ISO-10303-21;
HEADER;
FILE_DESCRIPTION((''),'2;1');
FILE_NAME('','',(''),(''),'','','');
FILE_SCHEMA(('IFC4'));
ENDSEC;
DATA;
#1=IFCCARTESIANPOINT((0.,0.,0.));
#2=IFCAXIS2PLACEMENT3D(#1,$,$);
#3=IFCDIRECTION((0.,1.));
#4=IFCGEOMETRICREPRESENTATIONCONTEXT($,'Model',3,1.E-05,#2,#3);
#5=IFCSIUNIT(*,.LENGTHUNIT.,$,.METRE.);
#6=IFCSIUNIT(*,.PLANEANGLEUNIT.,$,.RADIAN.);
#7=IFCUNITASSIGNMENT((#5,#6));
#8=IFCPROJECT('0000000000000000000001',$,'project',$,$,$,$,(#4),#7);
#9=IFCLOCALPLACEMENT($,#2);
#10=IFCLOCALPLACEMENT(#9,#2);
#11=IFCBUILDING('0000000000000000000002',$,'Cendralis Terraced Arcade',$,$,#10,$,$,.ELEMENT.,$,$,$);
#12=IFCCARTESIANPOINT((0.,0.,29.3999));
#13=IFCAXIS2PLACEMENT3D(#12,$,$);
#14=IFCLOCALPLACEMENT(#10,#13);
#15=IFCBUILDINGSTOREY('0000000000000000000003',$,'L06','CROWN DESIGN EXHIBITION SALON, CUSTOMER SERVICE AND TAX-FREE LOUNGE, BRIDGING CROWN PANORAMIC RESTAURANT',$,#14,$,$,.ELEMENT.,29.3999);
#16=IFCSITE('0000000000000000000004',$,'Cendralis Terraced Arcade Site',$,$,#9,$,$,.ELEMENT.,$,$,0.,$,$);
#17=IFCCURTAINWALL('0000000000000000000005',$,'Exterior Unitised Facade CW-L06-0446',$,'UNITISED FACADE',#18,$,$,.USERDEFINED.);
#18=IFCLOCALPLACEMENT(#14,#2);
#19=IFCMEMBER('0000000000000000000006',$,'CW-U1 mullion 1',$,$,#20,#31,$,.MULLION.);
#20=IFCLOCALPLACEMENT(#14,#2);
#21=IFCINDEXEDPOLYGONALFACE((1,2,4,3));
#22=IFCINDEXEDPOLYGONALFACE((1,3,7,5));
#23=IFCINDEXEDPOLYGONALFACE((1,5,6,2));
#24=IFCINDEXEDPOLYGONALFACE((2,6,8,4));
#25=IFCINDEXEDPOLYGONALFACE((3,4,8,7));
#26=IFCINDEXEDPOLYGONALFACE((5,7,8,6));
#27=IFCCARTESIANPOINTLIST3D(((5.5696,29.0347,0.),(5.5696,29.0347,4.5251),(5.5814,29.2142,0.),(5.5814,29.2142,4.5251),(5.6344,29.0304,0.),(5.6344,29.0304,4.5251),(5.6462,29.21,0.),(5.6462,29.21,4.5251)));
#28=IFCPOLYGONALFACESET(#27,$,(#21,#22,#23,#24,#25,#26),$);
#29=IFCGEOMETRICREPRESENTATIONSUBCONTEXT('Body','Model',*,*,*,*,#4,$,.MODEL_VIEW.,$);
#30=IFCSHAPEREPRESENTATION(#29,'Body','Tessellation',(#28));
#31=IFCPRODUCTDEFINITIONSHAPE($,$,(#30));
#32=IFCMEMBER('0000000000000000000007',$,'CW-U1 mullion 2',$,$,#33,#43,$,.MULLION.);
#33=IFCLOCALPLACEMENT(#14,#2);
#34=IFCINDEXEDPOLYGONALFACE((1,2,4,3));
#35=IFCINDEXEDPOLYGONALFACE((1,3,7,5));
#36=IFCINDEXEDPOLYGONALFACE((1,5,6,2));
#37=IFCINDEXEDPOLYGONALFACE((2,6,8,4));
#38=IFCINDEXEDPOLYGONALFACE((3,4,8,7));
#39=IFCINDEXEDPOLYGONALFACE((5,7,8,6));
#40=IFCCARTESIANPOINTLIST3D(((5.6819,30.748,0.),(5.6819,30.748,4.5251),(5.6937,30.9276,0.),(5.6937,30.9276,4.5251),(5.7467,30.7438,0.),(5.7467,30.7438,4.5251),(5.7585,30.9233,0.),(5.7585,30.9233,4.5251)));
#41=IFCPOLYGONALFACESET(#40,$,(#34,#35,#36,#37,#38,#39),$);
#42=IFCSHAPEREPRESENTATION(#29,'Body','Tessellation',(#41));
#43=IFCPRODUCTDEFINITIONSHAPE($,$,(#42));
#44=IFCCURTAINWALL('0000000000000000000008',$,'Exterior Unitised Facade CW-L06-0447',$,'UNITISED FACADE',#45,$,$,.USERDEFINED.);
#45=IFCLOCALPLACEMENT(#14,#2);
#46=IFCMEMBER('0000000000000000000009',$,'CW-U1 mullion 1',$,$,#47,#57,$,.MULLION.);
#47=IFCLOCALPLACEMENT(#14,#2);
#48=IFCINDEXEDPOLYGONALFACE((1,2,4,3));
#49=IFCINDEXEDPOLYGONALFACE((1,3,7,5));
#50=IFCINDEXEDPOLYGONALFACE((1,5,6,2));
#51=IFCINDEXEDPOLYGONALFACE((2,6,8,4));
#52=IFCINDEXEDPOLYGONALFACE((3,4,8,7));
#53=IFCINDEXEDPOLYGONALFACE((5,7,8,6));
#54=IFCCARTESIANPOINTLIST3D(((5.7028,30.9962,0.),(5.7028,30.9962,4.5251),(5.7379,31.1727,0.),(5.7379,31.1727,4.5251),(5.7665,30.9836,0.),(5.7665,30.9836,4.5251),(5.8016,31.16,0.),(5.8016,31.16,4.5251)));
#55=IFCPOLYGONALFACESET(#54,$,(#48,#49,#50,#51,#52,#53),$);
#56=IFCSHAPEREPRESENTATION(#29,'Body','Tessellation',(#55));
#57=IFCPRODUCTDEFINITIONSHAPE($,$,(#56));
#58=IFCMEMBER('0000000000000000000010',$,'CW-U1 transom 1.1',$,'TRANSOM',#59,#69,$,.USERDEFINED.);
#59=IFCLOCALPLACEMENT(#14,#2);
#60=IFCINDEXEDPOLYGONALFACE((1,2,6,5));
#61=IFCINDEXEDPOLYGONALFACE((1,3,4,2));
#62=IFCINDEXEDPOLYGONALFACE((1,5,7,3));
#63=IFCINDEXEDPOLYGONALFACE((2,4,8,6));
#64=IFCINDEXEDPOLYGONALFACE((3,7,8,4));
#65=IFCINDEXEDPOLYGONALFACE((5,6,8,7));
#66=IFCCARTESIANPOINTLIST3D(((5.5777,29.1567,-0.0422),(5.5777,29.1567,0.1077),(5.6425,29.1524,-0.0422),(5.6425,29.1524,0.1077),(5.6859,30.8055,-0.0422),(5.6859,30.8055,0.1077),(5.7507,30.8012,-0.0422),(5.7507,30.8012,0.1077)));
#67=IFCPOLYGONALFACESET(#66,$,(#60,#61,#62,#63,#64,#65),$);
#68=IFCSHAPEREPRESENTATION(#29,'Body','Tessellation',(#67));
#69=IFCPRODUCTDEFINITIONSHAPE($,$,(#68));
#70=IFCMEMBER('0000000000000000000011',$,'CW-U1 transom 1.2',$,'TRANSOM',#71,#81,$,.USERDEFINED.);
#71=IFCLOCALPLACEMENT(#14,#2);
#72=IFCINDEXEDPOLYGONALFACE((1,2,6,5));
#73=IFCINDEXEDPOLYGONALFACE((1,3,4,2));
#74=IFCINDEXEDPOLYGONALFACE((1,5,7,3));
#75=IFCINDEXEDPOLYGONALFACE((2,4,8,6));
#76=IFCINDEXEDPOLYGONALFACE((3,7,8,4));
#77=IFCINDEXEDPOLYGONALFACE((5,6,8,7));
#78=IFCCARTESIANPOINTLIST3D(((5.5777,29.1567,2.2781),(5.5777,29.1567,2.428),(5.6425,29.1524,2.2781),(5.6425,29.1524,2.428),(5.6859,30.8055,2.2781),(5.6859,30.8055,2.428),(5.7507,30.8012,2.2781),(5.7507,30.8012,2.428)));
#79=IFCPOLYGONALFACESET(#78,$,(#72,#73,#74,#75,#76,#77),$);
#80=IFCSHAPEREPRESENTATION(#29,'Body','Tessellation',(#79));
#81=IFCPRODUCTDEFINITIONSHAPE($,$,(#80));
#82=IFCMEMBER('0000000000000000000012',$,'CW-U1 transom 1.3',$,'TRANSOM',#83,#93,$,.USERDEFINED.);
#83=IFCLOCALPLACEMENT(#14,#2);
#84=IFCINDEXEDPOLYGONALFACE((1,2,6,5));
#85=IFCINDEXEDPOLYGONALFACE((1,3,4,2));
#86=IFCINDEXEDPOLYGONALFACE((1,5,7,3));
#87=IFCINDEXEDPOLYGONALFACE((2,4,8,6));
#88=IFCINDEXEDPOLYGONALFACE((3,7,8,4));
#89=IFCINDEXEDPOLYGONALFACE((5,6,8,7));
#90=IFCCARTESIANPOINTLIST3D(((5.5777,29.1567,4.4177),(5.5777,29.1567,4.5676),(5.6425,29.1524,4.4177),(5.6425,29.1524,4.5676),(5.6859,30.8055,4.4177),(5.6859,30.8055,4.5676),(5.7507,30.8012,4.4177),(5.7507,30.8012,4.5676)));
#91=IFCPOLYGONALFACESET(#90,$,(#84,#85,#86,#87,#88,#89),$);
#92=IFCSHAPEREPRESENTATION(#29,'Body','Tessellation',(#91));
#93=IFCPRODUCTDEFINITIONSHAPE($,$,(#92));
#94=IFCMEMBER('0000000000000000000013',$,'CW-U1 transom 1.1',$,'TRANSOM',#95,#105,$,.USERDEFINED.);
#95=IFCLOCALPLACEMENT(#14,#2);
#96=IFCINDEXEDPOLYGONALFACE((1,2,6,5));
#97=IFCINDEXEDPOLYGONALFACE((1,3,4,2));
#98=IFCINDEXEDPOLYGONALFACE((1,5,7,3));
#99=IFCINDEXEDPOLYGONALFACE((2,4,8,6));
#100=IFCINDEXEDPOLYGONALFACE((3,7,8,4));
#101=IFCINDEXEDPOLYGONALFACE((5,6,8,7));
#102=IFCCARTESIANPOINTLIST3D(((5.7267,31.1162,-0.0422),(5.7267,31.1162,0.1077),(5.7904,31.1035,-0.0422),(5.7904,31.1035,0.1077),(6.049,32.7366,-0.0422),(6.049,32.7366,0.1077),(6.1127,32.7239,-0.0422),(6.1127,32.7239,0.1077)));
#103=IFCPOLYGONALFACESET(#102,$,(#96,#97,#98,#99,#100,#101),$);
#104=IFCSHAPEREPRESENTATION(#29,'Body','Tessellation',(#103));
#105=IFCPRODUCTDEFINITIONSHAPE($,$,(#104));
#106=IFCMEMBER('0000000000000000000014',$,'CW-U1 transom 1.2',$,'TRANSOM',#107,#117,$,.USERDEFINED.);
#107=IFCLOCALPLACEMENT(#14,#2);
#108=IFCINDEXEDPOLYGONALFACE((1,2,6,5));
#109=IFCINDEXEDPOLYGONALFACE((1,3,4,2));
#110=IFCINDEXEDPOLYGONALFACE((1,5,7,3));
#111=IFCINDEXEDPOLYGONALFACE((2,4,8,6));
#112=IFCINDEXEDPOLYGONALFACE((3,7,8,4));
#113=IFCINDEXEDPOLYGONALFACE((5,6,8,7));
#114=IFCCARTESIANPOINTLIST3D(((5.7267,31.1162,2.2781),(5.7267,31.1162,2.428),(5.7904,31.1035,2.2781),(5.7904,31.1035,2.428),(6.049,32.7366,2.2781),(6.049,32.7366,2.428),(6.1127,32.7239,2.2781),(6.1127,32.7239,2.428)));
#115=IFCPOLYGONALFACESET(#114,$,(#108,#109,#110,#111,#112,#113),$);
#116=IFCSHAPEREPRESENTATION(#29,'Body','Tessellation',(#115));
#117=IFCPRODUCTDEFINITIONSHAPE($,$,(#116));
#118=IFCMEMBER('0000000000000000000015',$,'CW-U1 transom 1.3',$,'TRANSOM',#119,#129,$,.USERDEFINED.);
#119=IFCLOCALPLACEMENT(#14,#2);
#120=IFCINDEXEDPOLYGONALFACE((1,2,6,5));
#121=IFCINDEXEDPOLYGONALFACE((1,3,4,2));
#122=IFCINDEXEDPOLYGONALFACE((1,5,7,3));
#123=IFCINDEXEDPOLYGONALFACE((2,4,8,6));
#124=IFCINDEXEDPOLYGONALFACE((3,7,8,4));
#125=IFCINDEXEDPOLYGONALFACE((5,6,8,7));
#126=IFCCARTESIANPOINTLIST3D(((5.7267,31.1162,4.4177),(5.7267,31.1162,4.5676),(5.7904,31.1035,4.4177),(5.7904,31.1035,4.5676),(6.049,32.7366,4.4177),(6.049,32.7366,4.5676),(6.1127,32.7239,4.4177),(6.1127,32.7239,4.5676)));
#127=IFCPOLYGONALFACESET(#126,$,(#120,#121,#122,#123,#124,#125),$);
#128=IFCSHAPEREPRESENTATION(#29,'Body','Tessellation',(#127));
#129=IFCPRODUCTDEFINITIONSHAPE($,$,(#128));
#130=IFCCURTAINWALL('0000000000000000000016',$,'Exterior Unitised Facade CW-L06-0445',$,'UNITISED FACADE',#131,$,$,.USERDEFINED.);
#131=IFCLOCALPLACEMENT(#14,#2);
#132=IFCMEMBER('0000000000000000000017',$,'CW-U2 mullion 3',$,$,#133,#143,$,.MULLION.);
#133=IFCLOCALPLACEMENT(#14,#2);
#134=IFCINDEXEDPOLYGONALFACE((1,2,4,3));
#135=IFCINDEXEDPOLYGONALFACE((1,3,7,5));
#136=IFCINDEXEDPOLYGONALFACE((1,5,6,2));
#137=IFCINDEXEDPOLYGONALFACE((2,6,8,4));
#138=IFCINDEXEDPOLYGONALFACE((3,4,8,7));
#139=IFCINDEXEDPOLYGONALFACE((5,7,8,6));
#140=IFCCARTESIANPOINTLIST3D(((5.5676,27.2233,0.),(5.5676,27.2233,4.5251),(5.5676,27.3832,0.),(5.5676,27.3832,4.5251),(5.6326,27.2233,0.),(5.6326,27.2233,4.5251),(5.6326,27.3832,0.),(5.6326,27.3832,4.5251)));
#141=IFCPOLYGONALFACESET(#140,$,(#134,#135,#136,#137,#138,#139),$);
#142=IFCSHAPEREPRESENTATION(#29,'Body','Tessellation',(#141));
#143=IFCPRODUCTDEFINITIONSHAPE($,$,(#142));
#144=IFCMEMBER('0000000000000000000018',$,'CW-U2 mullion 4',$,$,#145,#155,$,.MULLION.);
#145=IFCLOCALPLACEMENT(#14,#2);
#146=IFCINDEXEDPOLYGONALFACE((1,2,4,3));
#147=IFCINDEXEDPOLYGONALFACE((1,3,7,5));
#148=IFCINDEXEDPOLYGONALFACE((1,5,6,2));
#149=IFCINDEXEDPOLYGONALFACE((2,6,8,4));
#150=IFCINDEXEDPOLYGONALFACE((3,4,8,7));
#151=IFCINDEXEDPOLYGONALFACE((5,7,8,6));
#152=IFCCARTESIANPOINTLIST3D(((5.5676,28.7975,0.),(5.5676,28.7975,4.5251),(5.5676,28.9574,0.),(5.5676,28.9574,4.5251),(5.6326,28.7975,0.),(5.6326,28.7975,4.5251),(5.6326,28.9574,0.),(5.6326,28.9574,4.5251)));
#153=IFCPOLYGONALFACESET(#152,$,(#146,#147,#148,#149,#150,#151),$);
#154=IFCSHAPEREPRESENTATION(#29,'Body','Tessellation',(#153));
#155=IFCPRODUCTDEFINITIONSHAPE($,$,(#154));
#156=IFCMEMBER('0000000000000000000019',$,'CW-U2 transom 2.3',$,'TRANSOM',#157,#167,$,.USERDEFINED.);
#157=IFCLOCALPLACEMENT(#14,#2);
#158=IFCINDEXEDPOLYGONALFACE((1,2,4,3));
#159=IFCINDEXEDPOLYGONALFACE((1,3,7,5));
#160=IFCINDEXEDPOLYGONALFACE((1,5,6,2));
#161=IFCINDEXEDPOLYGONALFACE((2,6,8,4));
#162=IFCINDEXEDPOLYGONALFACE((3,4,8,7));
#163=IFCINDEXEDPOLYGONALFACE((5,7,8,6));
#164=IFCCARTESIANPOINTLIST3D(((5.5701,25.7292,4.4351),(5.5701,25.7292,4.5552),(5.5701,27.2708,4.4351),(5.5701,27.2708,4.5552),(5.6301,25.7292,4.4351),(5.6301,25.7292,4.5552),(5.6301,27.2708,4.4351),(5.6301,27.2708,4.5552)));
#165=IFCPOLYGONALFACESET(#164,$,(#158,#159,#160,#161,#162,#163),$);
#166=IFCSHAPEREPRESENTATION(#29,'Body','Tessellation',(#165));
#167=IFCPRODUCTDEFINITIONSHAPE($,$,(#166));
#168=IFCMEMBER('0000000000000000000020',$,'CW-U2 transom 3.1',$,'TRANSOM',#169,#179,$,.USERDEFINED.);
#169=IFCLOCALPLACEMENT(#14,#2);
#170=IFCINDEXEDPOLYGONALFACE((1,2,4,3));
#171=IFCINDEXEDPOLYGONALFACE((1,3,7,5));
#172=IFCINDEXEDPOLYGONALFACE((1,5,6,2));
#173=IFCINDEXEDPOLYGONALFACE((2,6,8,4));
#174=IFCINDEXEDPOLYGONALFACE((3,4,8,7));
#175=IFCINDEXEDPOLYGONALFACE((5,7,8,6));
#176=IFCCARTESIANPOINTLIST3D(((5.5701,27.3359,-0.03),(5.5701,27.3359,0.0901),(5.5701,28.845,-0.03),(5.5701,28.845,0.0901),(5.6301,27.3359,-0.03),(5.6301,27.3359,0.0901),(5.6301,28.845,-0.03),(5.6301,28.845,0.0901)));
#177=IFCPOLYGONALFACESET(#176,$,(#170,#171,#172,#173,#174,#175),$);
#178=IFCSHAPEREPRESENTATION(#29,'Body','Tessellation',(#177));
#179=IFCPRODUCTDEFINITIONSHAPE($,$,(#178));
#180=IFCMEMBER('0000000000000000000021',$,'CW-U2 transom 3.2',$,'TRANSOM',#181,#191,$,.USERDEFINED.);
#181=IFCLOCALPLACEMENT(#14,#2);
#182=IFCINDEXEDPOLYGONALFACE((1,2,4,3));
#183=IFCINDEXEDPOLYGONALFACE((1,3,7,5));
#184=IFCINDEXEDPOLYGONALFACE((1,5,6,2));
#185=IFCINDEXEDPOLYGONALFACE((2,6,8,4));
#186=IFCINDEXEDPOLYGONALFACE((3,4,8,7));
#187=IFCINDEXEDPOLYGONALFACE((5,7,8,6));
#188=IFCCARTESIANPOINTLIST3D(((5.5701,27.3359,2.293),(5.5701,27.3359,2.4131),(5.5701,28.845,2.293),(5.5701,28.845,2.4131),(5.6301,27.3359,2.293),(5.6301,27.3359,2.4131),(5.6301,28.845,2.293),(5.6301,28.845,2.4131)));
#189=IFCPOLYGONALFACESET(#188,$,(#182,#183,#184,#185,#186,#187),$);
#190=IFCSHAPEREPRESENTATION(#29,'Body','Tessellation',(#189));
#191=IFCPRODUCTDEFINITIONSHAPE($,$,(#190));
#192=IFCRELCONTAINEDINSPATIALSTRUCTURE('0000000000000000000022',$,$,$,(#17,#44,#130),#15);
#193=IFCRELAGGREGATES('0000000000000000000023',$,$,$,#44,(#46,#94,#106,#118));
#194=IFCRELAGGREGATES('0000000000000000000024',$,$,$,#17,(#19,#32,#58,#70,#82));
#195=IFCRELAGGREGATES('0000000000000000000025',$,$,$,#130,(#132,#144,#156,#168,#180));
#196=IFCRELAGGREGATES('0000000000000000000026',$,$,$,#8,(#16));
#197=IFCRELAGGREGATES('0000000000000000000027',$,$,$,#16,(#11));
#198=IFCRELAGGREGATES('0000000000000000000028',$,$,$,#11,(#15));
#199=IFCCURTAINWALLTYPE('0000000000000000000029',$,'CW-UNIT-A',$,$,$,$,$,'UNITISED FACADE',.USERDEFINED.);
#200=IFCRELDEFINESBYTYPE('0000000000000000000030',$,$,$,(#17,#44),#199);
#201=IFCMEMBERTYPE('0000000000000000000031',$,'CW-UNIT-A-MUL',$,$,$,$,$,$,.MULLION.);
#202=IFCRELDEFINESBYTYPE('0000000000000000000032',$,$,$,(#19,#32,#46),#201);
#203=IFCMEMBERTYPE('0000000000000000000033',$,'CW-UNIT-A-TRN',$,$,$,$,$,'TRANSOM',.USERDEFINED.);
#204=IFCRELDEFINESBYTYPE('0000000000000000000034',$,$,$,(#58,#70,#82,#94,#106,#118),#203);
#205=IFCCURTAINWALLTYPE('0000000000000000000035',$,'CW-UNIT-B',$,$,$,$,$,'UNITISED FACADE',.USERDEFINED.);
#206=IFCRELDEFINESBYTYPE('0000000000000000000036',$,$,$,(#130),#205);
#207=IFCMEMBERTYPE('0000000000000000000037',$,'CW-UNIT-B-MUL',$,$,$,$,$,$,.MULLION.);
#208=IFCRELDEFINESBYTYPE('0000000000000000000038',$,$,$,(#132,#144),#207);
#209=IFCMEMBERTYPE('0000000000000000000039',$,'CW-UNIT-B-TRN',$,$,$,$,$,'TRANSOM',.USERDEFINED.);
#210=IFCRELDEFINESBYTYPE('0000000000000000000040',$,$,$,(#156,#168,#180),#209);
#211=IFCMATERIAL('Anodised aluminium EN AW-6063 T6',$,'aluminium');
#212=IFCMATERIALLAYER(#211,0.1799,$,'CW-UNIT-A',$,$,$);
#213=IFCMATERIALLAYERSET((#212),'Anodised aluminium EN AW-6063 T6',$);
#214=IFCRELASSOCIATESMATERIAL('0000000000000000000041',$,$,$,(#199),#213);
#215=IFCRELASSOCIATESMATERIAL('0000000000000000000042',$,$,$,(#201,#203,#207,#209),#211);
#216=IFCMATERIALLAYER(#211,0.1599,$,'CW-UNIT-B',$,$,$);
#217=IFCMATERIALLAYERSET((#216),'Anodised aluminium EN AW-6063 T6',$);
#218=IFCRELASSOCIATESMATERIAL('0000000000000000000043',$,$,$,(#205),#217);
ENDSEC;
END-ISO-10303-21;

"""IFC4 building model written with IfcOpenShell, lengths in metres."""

from ifc_helpers import new_model, si_unit, direction, frame, origin, origin_2d, place, context, subcontext, project, spatial, rectangle, extrude, material, layer, layer_set, material_profile, profile_set, type_object, element, aggregate, save


model = new_model("IFC4")

# Units and contexts
model_context = context("Model", 3, precision=1e-05, world=origin(), true_north=direction((0.0, 1.0)))
body_context = subcontext(model_context, "Body", "Model", "MODEL_VIEW")
ifc_project = project(units=[si_unit("LENGTHUNIT", "METRE"), si_unit("PLANEANGLEUNIT", "RADIAN")], contexts=[model_context])

# Site, building, storey
site_placement = place(None, origin())
site = spatial("IfcSite", under=ifc_project, at=site_placement, Name="Cendralis Terraced Arcade Site", CompositionType="ELEMENT", RefElevation=0.0)
building_placement = place(site_placement, origin())
building = spatial("IfcBuilding", under=site, at=building_placement, Name="Cendralis Terraced Arcade", CompositionType="ELEMENT")
storey_placement = place(building_placement, frame((0.0, 0.0, 29.3999)))
storey = spatial("IfcBuildingStorey", under=building, at=storey_placement, Name="L06", Description="CROWN DESIGN EXHIBITION SALON, CUSTOMER SERVICE AND TAX-FREE LOUNGE, BRIDGING CROWN PANORAMIC RESTAURANT", CompositionType="ELEMENT", Elevation=29.3999)

# Curtain wall, members
ifc_material_1 = material(Name="Anodised aluminium EN AW-6063 T6", Category="aluminium")
ifc_layer_1 = layer(ifc_material_1, 0.1799, Name="CW-UNIT-A")
ifc_layer_set_1 = layer_set([ifc_layer_1], Name="Anodised aluminium EN AW-6063 T6")
curtain_wall_type_1 = type_object("IfcCurtainWallType", Name="CW-UNIT-A", ElementType="UNITISED FACADE", PredefinedType="USERDEFINED", material=ifc_layer_set_1)
curtain_wall_1_placement = place(storey_placement, origin())
curtain_wall_1 = element("IfcCurtainWall", 1, at=curtain_wall_1_placement, inside=storey, type_object=curtain_wall_type_1, Name="Exterior Unitised Facade CW-L06-0446", ObjectType="UNITISED FACADE", PredefinedType="USERDEFINED")
ifc_material_profile_1 = material_profile(ifc_material_1, rectangle(XDim=0.0649, YDim=0.1799, at=origin_2d()), Name="ALU-MUL-65x180")
ifc_profile_set_1 = profile_set([ifc_material_profile_1], Name="Anodised aluminium EN AW-6063 T6")
member_type_1 = type_object("IfcMemberType", Name="CW-UNIT-A-MUL", PredefinedType="MULLION", material=ifc_profile_set_1)
member_1_placement = place(storey_placement, frame((5.6079, 29.1223, 0.0), z_axis=(0.0, 0.0, 1.0), x_axis=(-0.997861, 0.065372, 0.0)))
member_1 = element("IfcMember", 2, at=member_1_placement, type_object=member_type_1, Name="CW-U1 mullion 1", PredefinedType="MULLION", context=body_context, shape_type="SweptSolid", body=[
    extrude(rectangle(XDim=0.0649, YDim=0.1799, at=origin_2d()), origin(), (0.0, 0.0, 1.0), 4.5251),
])
member_2_placement = place(storey_placement, frame((5.7202, 30.8357, 0.0), z_axis=(0.0, 0.0, 1.0), x_axis=(-0.997861, 0.065372, 0.0)))
member_2 = element("IfcMember", 3, at=member_2_placement, type_object=member_type_1, Name="CW-U1 mullion 2", PredefinedType="MULLION", context=body_context, shape_type="SweptSolid", body=[
    extrude(rectangle(XDim=0.0649, YDim=0.1799, at=origin_2d()), origin(), (0.0, 0.0, 1.0), 4.5251),
])

# Curtain wall, member
curtain_wall_2_placement = place(storey_placement, origin())
curtain_wall_2 = element("IfcCurtainWall", 4, at=curtain_wall_2_placement, inside=storey, type_object=curtain_wall_type_1, Name="Exterior Unitised Facade CW-L06-0447", ObjectType="UNITISED FACADE", PredefinedType="USERDEFINED")
member_3_placement = place(storey_placement, frame((5.7522, 31.0781, 0.0), z_axis=(0.0, 0.0, 1.0), x_axis=(-0.980792, 0.195058, 0.0)))
member_3 = element("IfcMember", 5, at=member_3_placement, type_object=member_type_1, Name="CW-U1 mullion 1", PredefinedType="MULLION", context=body_context, shape_type="SweptSolid", body=[
    extrude(rectangle(XDim=0.0649, YDim=0.1799, at=origin_2d()), origin(), (0.0, 0.0, 1.0), 4.5251),
])

# Members
ifc_material_profile_2 = material_profile(ifc_material_1, rectangle(XDim=0.0649, YDim=0.1499, at=origin_2d()), Name="ALU-TRN-65x150")
ifc_profile_set_2 = profile_set([ifc_material_profile_2], Name="Anodised aluminium EN AW-6063 T6")
member_type_2 = type_object("IfcMemberType", Name="CW-UNIT-A-TRN", ElementType="TRANSOM", PredefinedType="USERDEFINED", material=ifc_profile_set_2)
member_4_placement = place(storey_placement, frame((5.6101, 29.1545, 0.0327), z_axis=(0.06546, 0.997855, 0.0), x_axis=(-0.997855, 0.06546, 0.0)))
member_4 = element("IfcMember", 6, at=member_4_placement, type_object=member_type_2, Name="CW-U1 transom 1.1", ObjectType="TRANSOM", PredefinedType="USERDEFINED", context=body_context, shape_type="SweptSolid", body=[
    extrude(rectangle(XDim=0.0649, YDim=0.1499, at=origin_2d()), origin(), (0.0, 0.0, 1.0), 1.6523),
])
member_5_placement = place(storey_placement, frame((5.6101, 29.1545, 2.353), z_axis=(0.06546, 0.997855, 0.0), x_axis=(-0.997855, 0.06546, 0.0)))
member_5 = element("IfcMember", 7, at=member_5_placement, type_object=member_type_2, Name="CW-U1 transom 1.2", ObjectType="TRANSOM", PredefinedType="USERDEFINED", context=body_context, shape_type="SweptSolid", body=[
    extrude(rectangle(XDim=0.0649, YDim=0.1499, at=origin_2d()), origin(), (0.0, 0.0, 1.0), 1.6523),
])
member_6_placement = place(storey_placement, frame((5.6101, 29.1545, 4.4927), z_axis=(0.06546, 0.997855, 0.0), x_axis=(-0.997855, 0.06546, 0.0)))
member_6 = element("IfcMember", 8, at=member_6_placement, type_object=member_type_2, Name="CW-U1 transom 1.3", ObjectType="TRANSOM", PredefinedType="USERDEFINED", context=body_context, shape_type="SweptSolid", body=[
    extrude(rectangle(XDim=0.0649, YDim=0.1499, at=origin_2d()), origin(), (0.0, 0.0, 1.0), 1.6523),
])
member_7_placement = place(storey_placement, frame((5.7585, 31.1099, 0.0327), z_axis=(0.195065, 0.98079, 0.0), x_axis=(-0.98079, 0.195065, 0.0)))
member_7 = element("IfcMember", 9, at=member_7_placement, type_object=member_type_2, Name="CW-U1 transom 1.1", ObjectType="TRANSOM", PredefinedType="USERDEFINED", context=body_context, shape_type="SweptSolid", body=[
    extrude(rectangle(XDim=0.0649, YDim=0.1499, at=origin_2d()), origin(), (0.0, 0.0, 1.0), 1.6521),
])
member_8_placement = place(storey_placement, frame((5.7585, 31.1099, 2.353), z_axis=(0.195065, 0.98079, 0.0), x_axis=(-0.98079, 0.195065, 0.0)))
member_8 = element("IfcMember", 10, at=member_8_placement, type_object=member_type_2, Name="CW-U1 transom 1.2", ObjectType="TRANSOM", PredefinedType="USERDEFINED", context=body_context, shape_type="SweptSolid", body=[
    extrude(rectangle(XDim=0.0649, YDim=0.1499, at=origin_2d()), origin(), (0.0, 0.0, 1.0), 1.6521),
])
member_9_placement = place(storey_placement, frame((5.7585, 31.1099, 4.4927), z_axis=(0.195065, 0.98079, 0.0), x_axis=(-0.98079, 0.195065, 0.0)))
member_9 = element("IfcMember", 11, at=member_9_placement, type_object=member_type_2, Name="CW-U1 transom 1.3", ObjectType="TRANSOM", PredefinedType="USERDEFINED", context=body_context, shape_type="SweptSolid", body=[
    extrude(rectangle(XDim=0.0649, YDim=0.1499, at=origin_2d()), origin(), (0.0, 0.0, 1.0), 1.6521),
])
aggregate(curtain_wall_2, [member_3, member_7, member_8, member_9])

# Curtain wall, members
ifc_layer_2 = layer(ifc_material_1, 0.1599, Name="CW-UNIT-B")
ifc_layer_set_2 = layer_set([ifc_layer_2], Name="Anodised aluminium EN AW-6063 T6")
curtain_wall_type_2 = type_object("IfcCurtainWallType", Name="CW-UNIT-B", ElementType="UNITISED FACADE", PredefinedType="USERDEFINED", material=ifc_layer_set_2)
curtain_wall_3_placement = place(storey_placement, origin())
curtain_wall_3 = element("IfcCurtainWall", 12, at=curtain_wall_3_placement, inside=storey, type_object=curtain_wall_type_2, Name="Exterior Unitised Facade CW-L06-0445", ObjectType="UNITISED FACADE", PredefinedType="USERDEFINED")
ifc_material_profile_3 = material_profile(ifc_material_1, rectangle(XDim=0.0649, YDim=0.1599, at=origin_2d()), Name="ALU-MUL-65x160")
ifc_profile_set_3 = profile_set([ifc_material_profile_3], Name="Anodised aluminium EN AW-6063 T6")
member_type_3 = type_object("IfcMemberType", Name="CW-UNIT-B-MUL", PredefinedType="MULLION", material=ifc_profile_set_3)
member_10_placement = place(storey_placement, frame((5.6001, 27.3032, 0.0), z_axis=(0.0, 0.0, 1.0), x_axis=(-1.0, 0.0, 0.0)))
member_10 = element("IfcMember", 13, at=member_10_placement, type_object=member_type_3, Name="CW-U2 mullion 3", PredefinedType="MULLION", context=body_context, shape_type="SweptSolid", body=[
    extrude(rectangle(XDim=0.0649, YDim=0.1599, at=origin_2d()), origin(), (0.0, 0.0, 1.0), 4.5251),
])
member_11_placement = place(storey_placement, frame((5.6001, 28.8774, 0.0), z_axis=(0.0, 0.0, 1.0), x_axis=(-1.0, 0.0, 0.0)))
member_11 = element("IfcMember", 14, at=member_11_placement, type_object=member_type_3, Name="CW-U2 mullion 4", PredefinedType="MULLION", context=body_context, shape_type="SweptSolid", body=[
    extrude(rectangle(XDim=0.0649, YDim=0.1599, at=origin_2d()), origin(), (0.0, 0.0, 1.0), 4.5251),
])
ifc_material_profile_4 = material_profile(ifc_material_1, rectangle(XDim=0.0601, YDim=0.1201, at=origin_2d()), Name="ALU-TRN-60x120")
ifc_profile_set_4 = profile_set([ifc_material_profile_4], Name="Anodised aluminium EN AW-6063 T6")
member_type_4 = type_object("IfcMemberType", Name="CW-UNIT-B-TRN", ElementType="TRANSOM", PredefinedType="USERDEFINED", material=ifc_profile_set_4)
member_12_placement = place(storey_placement, frame((5.6001, 25.7292, 4.4951), z_axis=(0.0, 1.0, 0.0), x_axis=(-1.0, 0.0, 0.0)))
member_12 = element("IfcMember", 15, at=member_12_placement, type_object=member_type_4, Name="CW-U2 transom 2.3", ObjectType="TRANSOM", PredefinedType="USERDEFINED", context=body_context, shape_type="SweptSolid", body=[
    extrude(rectangle(XDim=0.0601, YDim=0.1201, at=origin_2d()), origin(), (0.0, 0.0, 1.0), 1.5415),
])
member_13_placement = place(storey_placement, frame((5.6001, 27.3359, 0.03), z_axis=(0.0, 1.0, 0.0), x_axis=(-1.0, 0.0, 0.0)))
member_13 = element("IfcMember", 16, at=member_13_placement, type_object=member_type_4, Name="CW-U2 transom 3.1", ObjectType="TRANSOM", PredefinedType="USERDEFINED", context=body_context, shape_type="SweptSolid", body=[
    extrude(rectangle(XDim=0.0601, YDim=0.1201, at=origin_2d()), origin(), (0.0, 0.0, 1.0), 1.509),
])
member_14_placement = place(storey_placement, frame((5.6001, 27.3359, 2.353), z_axis=(0.0, 1.0, 0.0), x_axis=(-1.0, 0.0, 0.0)))
member_14 = element("IfcMember", 17, at=member_14_placement, type_object=member_type_4, Name="CW-U2 transom 3.2", ObjectType="TRANSOM", PredefinedType="USERDEFINED", context=body_context, shape_type="SweptSolid", body=[
    extrude(rectangle(XDim=0.0601, YDim=0.1201, at=origin_2d()), origin(), (0.0, 0.0, 1.0), 1.509),
])

aggregate(curtain_wall_1, [member_1, member_2, member_4, member_5, member_6])
aggregate(curtain_wall_3, [member_10, member_11, member_12, member_13, member_14])

save(model, "model.ifc")
